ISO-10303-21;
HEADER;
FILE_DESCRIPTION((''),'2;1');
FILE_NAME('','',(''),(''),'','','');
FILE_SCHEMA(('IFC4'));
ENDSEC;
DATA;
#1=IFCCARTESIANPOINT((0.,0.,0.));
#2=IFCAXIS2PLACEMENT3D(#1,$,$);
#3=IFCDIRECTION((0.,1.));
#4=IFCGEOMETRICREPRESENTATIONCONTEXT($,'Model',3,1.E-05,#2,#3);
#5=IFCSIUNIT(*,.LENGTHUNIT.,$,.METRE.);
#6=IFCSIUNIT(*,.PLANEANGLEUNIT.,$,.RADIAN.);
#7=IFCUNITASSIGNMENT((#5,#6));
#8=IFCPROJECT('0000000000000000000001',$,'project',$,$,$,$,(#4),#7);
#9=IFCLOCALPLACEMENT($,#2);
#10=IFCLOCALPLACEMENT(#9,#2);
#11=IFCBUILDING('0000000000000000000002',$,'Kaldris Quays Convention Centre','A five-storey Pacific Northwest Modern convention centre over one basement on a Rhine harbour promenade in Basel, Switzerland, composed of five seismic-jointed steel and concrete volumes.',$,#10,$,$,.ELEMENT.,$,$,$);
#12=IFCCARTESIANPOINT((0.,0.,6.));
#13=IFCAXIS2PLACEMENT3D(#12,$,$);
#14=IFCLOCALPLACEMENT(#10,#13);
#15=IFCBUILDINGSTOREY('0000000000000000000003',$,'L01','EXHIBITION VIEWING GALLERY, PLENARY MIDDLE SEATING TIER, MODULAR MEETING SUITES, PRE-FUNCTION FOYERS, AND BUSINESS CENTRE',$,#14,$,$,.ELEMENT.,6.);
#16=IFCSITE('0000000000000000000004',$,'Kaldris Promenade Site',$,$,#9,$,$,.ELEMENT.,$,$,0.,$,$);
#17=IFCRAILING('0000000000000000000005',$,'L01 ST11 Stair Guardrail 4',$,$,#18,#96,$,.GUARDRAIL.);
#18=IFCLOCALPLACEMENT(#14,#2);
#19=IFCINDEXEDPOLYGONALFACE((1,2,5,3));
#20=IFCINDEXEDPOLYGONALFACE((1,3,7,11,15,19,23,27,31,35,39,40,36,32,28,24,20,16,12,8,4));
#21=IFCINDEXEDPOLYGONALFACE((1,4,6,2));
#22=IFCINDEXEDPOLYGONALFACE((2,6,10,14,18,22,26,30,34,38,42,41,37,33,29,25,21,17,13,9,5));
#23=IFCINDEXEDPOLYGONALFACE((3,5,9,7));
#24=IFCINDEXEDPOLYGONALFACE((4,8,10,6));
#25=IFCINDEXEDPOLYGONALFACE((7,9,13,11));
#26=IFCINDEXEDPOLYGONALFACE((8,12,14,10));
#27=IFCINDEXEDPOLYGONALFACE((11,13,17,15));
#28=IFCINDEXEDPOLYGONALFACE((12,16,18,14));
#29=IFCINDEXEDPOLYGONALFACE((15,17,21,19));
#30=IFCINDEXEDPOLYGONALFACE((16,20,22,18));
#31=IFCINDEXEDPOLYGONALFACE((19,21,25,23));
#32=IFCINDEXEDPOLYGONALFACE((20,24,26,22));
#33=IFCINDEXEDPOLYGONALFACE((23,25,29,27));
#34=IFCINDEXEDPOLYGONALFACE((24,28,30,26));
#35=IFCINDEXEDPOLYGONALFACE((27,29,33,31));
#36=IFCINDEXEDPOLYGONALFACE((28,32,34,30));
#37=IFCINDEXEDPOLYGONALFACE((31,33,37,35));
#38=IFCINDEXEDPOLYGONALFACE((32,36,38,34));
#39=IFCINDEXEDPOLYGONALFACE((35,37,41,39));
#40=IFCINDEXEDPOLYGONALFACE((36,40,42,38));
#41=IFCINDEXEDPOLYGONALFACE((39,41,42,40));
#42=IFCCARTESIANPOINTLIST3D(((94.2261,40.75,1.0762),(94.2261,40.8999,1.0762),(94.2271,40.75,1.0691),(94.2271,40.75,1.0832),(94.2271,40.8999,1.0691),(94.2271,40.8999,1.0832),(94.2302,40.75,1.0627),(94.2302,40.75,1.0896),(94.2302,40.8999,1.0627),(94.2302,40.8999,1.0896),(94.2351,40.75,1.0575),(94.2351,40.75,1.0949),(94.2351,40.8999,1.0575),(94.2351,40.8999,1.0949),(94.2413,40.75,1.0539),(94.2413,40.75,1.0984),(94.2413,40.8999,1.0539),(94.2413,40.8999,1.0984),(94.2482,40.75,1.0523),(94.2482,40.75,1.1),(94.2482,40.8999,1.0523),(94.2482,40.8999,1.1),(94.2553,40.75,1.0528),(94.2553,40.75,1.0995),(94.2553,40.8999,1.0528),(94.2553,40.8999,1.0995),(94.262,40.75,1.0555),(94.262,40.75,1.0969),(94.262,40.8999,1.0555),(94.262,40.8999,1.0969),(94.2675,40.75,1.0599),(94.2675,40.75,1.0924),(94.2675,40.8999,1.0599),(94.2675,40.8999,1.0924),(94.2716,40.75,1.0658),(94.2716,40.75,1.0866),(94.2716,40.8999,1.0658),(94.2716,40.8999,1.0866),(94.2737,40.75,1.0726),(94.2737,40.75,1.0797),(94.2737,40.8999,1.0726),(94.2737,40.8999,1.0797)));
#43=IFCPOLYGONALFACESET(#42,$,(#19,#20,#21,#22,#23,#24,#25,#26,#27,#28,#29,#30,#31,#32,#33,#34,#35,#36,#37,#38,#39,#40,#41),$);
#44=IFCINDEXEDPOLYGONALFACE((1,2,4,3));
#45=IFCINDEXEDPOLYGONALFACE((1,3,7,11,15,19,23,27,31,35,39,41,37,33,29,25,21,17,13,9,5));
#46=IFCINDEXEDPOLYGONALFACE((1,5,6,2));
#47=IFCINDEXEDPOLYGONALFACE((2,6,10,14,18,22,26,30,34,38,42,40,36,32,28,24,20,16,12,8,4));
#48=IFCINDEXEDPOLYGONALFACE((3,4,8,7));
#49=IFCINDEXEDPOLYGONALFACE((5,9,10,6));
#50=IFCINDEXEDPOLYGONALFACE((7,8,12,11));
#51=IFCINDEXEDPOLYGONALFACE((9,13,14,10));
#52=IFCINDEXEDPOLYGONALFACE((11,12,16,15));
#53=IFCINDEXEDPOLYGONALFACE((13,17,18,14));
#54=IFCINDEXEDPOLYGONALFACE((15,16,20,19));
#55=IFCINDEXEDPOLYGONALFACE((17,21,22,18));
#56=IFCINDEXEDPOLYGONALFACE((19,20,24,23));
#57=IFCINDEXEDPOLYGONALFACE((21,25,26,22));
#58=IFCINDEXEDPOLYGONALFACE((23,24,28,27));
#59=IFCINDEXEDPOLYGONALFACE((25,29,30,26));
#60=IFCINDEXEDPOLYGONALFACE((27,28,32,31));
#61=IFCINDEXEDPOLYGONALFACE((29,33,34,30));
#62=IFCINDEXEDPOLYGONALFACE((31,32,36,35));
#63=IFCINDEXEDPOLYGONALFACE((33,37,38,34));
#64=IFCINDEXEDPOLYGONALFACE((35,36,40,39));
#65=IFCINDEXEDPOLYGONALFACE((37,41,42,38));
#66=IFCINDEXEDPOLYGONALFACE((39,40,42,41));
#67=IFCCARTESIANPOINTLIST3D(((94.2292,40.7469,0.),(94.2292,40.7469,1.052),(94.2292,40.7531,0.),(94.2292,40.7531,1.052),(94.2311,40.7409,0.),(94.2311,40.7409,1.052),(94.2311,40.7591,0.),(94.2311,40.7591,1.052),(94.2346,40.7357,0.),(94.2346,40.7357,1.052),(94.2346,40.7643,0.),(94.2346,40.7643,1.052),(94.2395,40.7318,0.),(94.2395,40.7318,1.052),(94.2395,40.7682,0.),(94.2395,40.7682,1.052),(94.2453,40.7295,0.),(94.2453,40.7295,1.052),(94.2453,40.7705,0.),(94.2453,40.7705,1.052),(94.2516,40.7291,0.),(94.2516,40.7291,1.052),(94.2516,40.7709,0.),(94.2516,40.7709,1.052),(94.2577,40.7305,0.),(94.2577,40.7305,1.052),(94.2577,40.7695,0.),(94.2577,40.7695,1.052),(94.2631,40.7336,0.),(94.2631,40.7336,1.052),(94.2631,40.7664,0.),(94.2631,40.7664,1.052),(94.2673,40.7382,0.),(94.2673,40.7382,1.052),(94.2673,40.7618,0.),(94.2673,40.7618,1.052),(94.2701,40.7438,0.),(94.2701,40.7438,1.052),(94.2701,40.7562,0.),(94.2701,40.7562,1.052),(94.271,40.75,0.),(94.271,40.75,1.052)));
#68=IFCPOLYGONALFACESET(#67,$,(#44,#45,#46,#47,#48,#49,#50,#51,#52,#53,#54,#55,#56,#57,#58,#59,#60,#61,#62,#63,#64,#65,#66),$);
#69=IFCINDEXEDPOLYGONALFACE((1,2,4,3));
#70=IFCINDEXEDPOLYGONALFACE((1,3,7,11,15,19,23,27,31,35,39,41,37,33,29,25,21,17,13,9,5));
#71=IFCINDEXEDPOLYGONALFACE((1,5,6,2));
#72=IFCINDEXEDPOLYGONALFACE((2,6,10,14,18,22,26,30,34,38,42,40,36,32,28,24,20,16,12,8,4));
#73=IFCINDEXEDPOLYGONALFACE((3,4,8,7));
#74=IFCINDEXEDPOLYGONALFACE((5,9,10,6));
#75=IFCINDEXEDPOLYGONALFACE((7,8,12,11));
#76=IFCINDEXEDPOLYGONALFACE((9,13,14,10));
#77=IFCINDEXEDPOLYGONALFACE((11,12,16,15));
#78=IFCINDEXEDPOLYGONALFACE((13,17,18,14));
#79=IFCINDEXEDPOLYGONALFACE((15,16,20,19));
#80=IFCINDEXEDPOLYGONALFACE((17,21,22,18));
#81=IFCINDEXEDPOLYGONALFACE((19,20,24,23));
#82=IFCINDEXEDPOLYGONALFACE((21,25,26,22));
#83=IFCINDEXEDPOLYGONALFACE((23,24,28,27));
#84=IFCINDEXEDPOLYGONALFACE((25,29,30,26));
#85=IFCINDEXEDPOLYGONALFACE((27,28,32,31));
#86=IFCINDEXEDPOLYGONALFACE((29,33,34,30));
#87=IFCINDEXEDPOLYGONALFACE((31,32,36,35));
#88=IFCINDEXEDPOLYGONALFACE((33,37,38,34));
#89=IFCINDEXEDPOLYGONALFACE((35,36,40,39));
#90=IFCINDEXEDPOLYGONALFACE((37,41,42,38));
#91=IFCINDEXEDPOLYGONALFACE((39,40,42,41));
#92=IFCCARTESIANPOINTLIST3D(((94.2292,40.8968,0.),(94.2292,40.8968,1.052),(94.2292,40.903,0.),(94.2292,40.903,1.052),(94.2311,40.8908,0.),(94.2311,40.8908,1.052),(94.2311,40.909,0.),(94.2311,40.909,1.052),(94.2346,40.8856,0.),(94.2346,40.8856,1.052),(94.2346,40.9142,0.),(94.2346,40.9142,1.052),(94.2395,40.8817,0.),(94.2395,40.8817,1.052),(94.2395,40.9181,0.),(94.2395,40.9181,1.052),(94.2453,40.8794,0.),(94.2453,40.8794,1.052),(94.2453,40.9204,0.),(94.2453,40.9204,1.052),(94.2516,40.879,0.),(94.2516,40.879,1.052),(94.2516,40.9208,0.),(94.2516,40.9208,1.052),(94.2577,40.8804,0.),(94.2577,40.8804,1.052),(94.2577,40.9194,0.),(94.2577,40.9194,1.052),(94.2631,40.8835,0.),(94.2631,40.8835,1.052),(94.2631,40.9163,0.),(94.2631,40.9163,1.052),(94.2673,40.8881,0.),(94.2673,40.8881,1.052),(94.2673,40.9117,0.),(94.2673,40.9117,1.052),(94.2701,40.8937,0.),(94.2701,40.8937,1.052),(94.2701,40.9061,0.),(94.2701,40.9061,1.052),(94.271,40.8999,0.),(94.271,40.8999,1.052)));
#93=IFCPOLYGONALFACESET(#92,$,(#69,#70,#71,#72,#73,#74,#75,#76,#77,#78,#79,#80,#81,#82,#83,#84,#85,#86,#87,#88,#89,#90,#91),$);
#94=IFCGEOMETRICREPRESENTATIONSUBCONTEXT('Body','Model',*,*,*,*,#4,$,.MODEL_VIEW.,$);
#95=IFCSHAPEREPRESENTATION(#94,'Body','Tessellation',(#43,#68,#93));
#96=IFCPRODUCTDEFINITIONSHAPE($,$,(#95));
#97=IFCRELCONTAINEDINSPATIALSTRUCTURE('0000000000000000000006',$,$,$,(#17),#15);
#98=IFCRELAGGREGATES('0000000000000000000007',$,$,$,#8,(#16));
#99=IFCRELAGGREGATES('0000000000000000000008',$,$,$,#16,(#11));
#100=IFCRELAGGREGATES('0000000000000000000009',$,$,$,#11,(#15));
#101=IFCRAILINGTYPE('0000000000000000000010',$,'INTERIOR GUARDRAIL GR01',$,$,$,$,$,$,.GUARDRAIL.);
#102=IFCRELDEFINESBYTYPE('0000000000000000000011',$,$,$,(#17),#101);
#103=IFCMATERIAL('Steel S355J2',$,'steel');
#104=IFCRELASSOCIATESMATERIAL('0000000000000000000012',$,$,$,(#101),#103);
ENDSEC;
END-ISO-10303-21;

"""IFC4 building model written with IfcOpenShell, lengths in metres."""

from ifc_helpers import new_model, si_unit, direction, frame, origin, origin_2d, place, context, subcontext, project, spatial, circle, extrude, material, type_object, element, save


model = new_model("IFC4")

# Units and contexts
model_context = context("Model", 3, precision=1e-05, world=origin(), true_north=direction((0.0, 1.0)))
body_context = subcontext(model_context, "Body", "Model", "MODEL_VIEW")
ifc_project = project(units=[si_unit("LENGTHUNIT", "METRE"), si_unit("PLANEANGLEUNIT", "RADIAN")], contexts=[model_context])

# Site, building, storey
site_placement = place(None, origin())
site = spatial("IfcSite", under=ifc_project, at=site_placement, Name="Kaldris Promenade Site", CompositionType="ELEMENT", RefElevation=0.0)
building_placement = place(site_placement, origin())
building = spatial("IfcBuilding", under=site, at=building_placement, Name="Kaldris Quays Convention Centre", Description="A five-storey Pacific Northwest Modern convention centre over one basement on a Rhine harbour promenade in Basel, Switzerland, composed of five seismic-jointed steel and concrete volumes.", CompositionType="ELEMENT")
storey_placement = place(building_placement, frame((0.0, 0.0, 6.0)))
storey = spatial("IfcBuildingStorey", under=building, at=storey_placement, Name="L01", Description="EXHIBITION VIEWING GALLERY, PLENARY MIDDLE SEATING TIER, MODULAR MEETING SUITES, PRE-FUNCTION FOYERS, AND BUSINESS CENTRE", CompositionType="ELEMENT", Elevation=6.0)

# Railing
ifc_material_1 = material(Name="Steel S355J2", Category="steel")
railing_type_1 = type_object("IfcRailingType", Name="INTERIOR GUARDRAIL GR01", PredefinedType="GUARDRAIL", material=ifc_material_1)
railing_1_placement = place(storey_placement, frame((94.25, 40.75, 0.0)))
element("IfcRailing", 1, at=railing_1_placement, inside=storey, type_object=railing_type_1, Name="L01 ST11 Stair Guardrail 4", PredefinedType="GUARDRAIL", context=body_context, shape_type="SweptSolid", body=[
    extrude(circle(Radius=0.0239, at=origin_2d()), frame((0.0, 0.0, 1.0762), z_axis=(0.0, 1.0, 0.0), x_axis=(-1.0, 0.0, 0.0)), (0.0, 0.0, 1.0), 0.1499),
    extrude(circle(Radius=0.021, at=origin_2d()), origin(), (0.0, 0.0, 1.0), 1.052),
    extrude(circle(Radius=0.021, at=origin_2d()), frame((0.0, 0.1499, 0.0)), (0.0, 0.0, 1.0), 1.052),
])

save(model, "model.ifc")
